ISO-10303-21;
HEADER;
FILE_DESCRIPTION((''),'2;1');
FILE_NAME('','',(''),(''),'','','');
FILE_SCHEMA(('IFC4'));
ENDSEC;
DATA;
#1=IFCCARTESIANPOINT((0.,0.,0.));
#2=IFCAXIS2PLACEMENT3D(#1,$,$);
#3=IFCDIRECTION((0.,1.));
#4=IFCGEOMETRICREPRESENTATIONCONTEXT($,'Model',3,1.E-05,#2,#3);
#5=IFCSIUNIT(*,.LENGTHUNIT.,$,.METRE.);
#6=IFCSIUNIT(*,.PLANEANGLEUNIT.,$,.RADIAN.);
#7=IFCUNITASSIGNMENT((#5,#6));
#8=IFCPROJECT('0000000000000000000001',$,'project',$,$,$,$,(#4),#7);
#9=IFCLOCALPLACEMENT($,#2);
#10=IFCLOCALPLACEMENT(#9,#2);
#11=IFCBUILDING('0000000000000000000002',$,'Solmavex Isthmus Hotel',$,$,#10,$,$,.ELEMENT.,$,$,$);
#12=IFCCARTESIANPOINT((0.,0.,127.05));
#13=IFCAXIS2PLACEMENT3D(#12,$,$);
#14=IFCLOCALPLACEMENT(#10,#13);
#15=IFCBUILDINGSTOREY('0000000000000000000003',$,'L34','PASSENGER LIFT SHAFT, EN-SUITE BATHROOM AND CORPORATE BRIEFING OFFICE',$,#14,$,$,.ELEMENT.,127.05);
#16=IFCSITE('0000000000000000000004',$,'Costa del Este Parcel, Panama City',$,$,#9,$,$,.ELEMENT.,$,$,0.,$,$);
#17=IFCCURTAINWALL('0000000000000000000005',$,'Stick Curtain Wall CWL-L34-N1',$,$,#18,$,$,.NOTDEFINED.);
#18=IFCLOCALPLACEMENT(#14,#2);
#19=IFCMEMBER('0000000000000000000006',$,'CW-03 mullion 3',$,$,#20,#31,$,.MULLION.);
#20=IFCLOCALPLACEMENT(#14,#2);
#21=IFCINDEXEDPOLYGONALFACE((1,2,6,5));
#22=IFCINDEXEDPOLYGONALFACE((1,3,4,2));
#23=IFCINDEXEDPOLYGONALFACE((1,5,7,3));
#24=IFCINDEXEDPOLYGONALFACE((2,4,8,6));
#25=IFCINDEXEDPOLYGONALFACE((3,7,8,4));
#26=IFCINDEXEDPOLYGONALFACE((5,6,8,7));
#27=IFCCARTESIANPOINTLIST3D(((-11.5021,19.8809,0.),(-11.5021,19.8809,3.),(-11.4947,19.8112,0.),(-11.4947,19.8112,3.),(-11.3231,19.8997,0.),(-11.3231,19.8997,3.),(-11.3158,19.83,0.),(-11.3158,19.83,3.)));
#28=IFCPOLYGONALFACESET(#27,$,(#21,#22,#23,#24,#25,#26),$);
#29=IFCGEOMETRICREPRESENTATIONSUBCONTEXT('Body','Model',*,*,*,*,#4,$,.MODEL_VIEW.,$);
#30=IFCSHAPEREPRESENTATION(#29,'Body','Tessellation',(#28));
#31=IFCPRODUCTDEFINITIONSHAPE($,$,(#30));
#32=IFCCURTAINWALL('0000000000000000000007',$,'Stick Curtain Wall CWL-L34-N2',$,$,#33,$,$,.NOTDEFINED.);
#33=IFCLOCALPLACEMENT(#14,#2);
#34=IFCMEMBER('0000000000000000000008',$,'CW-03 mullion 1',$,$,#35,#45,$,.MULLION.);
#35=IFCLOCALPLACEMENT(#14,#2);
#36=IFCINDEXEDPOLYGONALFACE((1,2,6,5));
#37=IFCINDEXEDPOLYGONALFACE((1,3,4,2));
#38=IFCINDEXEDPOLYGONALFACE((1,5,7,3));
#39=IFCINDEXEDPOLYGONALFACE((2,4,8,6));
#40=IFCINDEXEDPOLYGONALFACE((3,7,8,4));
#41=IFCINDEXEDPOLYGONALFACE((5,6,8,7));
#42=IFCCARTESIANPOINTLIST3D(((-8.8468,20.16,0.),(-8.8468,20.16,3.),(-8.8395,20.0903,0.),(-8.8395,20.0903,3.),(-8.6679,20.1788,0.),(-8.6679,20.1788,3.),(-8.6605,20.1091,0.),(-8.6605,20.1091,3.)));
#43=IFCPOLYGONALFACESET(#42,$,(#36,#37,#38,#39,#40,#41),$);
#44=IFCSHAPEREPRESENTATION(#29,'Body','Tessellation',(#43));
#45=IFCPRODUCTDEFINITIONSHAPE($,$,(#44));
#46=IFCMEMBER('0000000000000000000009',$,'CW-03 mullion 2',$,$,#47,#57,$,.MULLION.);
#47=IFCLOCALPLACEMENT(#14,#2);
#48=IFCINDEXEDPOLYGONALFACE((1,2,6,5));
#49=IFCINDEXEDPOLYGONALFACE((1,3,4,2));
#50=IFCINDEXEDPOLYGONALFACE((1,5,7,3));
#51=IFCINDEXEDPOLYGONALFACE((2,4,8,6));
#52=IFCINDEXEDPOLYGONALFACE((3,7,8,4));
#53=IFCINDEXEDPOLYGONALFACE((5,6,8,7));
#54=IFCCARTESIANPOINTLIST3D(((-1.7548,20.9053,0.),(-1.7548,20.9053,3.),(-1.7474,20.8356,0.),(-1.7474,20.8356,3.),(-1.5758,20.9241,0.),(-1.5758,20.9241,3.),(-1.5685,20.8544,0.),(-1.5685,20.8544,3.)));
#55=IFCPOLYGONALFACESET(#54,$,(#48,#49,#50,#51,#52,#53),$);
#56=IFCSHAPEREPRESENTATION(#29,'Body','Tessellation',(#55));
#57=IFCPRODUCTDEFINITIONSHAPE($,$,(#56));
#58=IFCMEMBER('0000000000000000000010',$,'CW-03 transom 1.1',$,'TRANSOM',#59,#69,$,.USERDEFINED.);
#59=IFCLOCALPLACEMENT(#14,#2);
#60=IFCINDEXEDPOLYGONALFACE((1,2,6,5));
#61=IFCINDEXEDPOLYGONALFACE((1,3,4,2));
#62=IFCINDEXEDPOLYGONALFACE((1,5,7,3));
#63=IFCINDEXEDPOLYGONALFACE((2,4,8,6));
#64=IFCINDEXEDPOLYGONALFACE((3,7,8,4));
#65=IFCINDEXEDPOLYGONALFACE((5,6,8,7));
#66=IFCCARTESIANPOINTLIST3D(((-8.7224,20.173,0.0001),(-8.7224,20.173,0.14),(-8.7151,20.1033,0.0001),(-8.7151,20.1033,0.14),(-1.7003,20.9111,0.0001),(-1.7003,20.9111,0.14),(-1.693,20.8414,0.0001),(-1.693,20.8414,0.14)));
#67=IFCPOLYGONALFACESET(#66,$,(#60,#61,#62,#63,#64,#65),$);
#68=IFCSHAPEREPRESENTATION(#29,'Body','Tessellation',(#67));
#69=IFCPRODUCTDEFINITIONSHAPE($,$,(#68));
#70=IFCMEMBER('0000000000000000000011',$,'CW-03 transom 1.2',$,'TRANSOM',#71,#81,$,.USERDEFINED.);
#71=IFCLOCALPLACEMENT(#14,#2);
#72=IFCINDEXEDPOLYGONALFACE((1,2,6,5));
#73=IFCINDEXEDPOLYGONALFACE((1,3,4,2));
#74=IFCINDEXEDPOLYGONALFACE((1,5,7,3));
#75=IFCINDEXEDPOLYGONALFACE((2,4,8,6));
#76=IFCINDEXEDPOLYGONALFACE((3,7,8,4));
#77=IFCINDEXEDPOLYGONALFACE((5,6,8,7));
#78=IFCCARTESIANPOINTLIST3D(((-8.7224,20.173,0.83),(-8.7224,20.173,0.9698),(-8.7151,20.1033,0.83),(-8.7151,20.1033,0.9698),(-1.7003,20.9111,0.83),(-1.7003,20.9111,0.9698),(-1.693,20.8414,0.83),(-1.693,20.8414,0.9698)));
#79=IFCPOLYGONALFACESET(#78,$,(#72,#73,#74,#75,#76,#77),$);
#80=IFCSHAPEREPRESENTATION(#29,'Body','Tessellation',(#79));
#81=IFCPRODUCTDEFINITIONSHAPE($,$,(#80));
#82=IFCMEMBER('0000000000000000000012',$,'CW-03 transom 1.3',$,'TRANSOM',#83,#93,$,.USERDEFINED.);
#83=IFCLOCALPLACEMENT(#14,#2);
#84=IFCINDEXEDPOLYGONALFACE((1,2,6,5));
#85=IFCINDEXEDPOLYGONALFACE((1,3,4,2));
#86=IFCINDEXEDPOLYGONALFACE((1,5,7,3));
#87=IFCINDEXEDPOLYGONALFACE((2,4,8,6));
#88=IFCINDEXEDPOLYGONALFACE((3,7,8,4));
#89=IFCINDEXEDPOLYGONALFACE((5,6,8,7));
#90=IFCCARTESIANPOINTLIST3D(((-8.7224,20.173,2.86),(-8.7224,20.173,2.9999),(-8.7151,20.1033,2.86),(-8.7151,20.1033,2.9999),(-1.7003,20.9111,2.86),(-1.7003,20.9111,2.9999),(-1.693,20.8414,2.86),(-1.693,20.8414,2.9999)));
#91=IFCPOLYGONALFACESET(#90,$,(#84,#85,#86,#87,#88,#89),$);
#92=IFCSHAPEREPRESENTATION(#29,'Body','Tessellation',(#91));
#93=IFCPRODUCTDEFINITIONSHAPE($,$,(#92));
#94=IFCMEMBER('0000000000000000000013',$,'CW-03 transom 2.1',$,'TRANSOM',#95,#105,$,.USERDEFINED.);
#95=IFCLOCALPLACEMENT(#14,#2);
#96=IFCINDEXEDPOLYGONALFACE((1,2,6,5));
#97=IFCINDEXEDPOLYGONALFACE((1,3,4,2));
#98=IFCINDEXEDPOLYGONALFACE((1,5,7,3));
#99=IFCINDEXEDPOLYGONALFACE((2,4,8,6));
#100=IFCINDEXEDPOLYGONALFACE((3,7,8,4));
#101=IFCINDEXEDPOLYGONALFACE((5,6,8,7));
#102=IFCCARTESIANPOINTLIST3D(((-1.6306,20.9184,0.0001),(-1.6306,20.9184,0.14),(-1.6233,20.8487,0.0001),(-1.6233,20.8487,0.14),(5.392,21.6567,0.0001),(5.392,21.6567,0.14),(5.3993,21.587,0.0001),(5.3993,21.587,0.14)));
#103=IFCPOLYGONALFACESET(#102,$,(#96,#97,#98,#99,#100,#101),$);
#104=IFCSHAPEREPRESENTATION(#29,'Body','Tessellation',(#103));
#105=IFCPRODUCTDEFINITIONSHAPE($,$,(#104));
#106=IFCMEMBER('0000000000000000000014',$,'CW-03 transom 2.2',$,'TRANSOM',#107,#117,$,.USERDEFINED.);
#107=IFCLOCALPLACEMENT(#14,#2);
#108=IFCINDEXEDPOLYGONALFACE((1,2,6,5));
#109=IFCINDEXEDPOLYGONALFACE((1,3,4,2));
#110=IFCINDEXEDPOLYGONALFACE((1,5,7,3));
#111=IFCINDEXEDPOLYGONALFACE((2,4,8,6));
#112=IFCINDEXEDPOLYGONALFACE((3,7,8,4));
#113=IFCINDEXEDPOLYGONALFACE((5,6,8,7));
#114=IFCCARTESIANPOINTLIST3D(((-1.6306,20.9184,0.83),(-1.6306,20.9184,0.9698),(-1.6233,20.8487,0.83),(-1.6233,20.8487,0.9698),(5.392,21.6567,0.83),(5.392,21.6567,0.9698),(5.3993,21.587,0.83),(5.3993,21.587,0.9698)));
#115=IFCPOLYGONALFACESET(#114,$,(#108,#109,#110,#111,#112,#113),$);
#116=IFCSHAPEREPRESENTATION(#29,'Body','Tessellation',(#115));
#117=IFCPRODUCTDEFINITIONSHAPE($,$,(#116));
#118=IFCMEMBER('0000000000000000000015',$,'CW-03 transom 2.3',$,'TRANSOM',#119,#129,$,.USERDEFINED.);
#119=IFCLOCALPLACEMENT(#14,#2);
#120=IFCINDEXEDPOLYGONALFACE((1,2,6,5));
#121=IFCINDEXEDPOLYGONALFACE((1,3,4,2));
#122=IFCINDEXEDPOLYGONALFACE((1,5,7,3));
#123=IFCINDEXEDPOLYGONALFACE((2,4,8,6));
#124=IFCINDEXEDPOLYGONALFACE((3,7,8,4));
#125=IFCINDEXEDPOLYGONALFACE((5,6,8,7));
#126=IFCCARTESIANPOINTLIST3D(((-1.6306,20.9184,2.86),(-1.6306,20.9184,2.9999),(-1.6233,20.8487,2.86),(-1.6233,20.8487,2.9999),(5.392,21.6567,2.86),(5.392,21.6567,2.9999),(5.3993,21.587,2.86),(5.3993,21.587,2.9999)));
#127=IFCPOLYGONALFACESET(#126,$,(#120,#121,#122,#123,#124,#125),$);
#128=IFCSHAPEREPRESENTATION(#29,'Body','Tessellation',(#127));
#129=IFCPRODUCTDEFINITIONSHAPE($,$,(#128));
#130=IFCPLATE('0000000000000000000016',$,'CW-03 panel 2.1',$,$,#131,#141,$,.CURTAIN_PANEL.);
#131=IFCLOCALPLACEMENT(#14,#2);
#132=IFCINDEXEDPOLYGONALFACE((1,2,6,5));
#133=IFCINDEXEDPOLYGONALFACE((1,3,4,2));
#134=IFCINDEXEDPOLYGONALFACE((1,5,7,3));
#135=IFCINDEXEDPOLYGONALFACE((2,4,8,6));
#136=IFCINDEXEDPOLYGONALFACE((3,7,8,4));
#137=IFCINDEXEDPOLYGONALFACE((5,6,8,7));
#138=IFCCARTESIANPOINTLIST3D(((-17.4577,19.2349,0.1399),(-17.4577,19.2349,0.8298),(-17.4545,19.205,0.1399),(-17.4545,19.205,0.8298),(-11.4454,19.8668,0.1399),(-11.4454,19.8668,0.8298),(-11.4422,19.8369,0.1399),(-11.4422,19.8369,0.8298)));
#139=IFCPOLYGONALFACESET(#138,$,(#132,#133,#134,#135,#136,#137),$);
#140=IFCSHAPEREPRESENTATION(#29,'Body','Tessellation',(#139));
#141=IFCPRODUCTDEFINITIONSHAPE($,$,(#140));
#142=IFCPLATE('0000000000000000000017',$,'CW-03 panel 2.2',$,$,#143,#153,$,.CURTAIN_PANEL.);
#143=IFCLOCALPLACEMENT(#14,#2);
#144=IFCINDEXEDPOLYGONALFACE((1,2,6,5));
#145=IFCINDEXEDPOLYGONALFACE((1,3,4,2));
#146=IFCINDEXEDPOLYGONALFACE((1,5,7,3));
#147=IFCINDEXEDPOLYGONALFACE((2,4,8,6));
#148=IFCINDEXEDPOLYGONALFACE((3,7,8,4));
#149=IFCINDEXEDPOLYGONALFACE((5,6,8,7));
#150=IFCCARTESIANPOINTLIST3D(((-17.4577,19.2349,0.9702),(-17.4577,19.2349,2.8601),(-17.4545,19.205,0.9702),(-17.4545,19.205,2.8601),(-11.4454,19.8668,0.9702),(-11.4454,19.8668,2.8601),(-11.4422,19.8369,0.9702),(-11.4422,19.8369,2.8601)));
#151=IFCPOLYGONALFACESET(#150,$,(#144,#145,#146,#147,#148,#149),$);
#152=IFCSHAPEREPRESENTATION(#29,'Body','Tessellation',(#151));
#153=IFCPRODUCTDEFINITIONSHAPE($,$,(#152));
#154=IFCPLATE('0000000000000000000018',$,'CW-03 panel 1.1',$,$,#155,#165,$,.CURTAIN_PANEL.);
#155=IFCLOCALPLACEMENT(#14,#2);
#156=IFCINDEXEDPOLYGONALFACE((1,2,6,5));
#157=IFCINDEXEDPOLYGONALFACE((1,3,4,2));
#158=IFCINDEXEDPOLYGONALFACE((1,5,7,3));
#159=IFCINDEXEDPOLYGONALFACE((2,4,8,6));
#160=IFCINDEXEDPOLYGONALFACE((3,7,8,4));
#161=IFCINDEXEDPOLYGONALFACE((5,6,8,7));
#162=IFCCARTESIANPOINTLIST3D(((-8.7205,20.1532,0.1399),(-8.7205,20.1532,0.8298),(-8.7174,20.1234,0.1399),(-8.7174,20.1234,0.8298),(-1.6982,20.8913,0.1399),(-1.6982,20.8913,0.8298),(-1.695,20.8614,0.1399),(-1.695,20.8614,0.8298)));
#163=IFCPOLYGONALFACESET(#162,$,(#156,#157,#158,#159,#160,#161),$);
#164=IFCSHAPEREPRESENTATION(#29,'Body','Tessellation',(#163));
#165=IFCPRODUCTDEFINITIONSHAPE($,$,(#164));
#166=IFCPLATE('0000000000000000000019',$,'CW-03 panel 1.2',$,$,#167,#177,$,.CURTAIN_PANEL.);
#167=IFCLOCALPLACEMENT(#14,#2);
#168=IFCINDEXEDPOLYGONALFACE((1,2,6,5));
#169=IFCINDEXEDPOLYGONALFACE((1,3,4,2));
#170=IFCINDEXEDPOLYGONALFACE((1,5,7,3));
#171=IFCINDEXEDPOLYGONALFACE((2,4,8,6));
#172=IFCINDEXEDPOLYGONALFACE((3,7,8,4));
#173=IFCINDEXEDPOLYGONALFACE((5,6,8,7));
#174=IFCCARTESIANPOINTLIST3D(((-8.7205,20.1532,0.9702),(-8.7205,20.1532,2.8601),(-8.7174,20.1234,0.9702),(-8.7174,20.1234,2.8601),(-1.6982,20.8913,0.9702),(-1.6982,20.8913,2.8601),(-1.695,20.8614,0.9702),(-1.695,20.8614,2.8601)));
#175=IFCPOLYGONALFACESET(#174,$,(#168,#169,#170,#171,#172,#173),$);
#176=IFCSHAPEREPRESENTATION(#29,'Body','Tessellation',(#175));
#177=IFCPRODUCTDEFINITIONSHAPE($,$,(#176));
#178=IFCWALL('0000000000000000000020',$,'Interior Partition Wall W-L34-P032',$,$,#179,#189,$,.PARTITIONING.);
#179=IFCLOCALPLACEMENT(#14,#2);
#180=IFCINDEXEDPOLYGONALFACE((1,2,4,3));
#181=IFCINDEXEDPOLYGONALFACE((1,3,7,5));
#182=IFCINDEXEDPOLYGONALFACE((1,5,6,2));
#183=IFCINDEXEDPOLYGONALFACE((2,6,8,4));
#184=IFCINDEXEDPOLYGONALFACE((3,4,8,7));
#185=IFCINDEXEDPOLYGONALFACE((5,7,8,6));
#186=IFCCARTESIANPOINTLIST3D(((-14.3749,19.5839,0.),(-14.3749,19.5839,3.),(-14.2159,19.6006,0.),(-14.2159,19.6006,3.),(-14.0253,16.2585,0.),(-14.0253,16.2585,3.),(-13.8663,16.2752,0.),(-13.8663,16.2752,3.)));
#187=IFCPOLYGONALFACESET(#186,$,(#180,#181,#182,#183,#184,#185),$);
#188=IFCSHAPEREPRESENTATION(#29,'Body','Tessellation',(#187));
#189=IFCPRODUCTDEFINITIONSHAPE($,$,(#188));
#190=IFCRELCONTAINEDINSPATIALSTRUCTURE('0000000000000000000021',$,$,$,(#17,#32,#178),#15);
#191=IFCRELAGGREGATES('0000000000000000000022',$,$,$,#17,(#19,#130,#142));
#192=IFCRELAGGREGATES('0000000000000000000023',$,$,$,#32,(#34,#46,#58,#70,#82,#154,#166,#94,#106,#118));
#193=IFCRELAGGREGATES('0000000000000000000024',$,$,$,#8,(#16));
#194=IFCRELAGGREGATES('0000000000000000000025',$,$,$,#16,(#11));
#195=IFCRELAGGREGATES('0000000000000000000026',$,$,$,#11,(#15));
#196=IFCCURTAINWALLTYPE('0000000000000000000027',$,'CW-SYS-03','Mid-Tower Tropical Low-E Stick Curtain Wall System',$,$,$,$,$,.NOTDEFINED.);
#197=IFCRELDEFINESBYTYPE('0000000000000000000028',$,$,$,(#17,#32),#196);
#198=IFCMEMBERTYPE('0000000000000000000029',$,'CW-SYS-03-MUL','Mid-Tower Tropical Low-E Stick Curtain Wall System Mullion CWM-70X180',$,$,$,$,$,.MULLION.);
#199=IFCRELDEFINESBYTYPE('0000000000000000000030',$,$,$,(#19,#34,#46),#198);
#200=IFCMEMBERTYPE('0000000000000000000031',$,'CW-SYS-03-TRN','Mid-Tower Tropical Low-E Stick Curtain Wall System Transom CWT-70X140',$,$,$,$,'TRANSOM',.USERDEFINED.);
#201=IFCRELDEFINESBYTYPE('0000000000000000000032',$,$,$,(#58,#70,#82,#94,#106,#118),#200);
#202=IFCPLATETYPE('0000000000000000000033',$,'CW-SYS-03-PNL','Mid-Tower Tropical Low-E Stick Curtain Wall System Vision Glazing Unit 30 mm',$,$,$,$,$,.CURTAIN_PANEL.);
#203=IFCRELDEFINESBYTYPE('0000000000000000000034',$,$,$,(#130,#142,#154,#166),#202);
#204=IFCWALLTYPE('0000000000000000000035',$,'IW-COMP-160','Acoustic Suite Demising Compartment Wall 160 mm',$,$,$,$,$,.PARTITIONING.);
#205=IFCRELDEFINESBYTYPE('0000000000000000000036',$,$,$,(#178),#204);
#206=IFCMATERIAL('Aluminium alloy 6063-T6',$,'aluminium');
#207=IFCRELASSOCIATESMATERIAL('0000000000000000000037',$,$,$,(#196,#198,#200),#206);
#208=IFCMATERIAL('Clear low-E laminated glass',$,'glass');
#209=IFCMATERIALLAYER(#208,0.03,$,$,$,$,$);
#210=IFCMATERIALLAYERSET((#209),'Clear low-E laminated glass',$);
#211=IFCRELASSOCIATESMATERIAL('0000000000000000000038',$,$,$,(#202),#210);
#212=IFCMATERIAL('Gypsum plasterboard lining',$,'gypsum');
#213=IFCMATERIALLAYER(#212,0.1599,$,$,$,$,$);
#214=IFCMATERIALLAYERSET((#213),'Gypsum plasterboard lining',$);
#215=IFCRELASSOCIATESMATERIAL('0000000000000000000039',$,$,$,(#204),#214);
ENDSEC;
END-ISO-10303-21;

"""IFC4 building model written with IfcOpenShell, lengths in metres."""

from ifc_helpers import new_model, si_unit, direction, frame, frame_2d, origin, origin_2d, place, context, subcontext, project, spatial, rectangle, extrude, material, layer, layer_set, material_profile, profile_set, type_object, element, aggregate, save


model = new_model("IFC4")

# Units and contexts
model_context = context("Model", 3, precision=1e-05, world=origin(), true_north=direction((0.0, 1.0)))
body_context = subcontext(model_context, "Body", "Model", "MODEL_VIEW")
ifc_project = project(units=[si_unit("LENGTHUNIT", "METRE"), si_unit("PLANEANGLEUNIT", "RADIAN")], contexts=[model_context])

# Site, building, storey
site_placement = place(None, origin())
site = spatial("IfcSite", under=ifc_project, at=site_placement, Name="Costa del Este Parcel, Panama City", CompositionType="ELEMENT", RefElevation=0.0)
building_placement = place(site_placement, origin())
building = spatial("IfcBuilding", under=site, at=building_placement, Name="Solmavex Isthmus Hotel", CompositionType="ELEMENT")
storey_placement = place(building_placement, frame((0.0, 0.0, 127.05)))
storey = spatial("IfcBuildingStorey", under=building, at=storey_placement, Name="L34", Description="PASSENGER LIFT SHAFT, EN-SUITE BATHROOM AND CORPORATE BRIEFING OFFICE", CompositionType="ELEMENT", Elevation=127.05)

# Curtain wall, member
ifc_material_1 = material(Name="Aluminium alloy 6063-T6", Category="aluminium")
curtain_wall_type = type_object("IfcCurtainWallType", Name="CW-SYS-03", Description="Mid-Tower Tropical Low-E Stick Curtain Wall System", PredefinedType="NOTDEFINED", material=ifc_material_1)
curtain_wall_1_placement = place(storey_placement, origin())
curtain_wall_1 = element("IfcCurtainWall", 1, at=curtain_wall_1_placement, inside=storey, type_object=curtain_wall_type, Name="Stick Curtain Wall CWL-L34-N1", PredefinedType="NOTDEFINED")
ifc_material_profile_1 = material_profile(ifc_material_1, rectangle(XDim=0.0701, YDim=0.1799, at=origin_2d()), Name="CWM-70X180")
ifc_profile_set_1 = profile_set([ifc_material_profile_1], Name="Aluminium alloy 6063-T6")
member_type_1 = type_object("IfcMemberType", Name="CW-SYS-03-MUL", Description="Mid-Tower Tropical Low-E Stick Curtain Wall System Mullion CWM-70X180", PredefinedType="MULLION", material=ifc_profile_set_1)
member_1_placement = place(storey_placement, frame((-11.4089, 19.8555, 0.0), z_axis=(0.0, 0.0, 1.0), x_axis=(-0.104528, 0.994522, 0.0)))
member_1 = element("IfcMember", 2, at=member_1_placement, type_object=member_type_1, Name="CW-03 mullion 3", PredefinedType="MULLION", context=body_context, shape_type="SweptSolid", body=[
    extrude(rectangle(XDim=0.0701, YDim=0.1799, at=origin_2d()), origin(), (0.0, 0.0, 1.0), 3.0),
])

# Curtain wall, members
curtain_wall_2_placement = place(storey_placement, origin())
curtain_wall_2 = element("IfcCurtainWall", 3, at=curtain_wall_2_placement, inside=storey, type_object=curtain_wall_type, Name="Stick Curtain Wall CWL-L34-N2", PredefinedType="NOTDEFINED")
member_2_placement = place(storey_placement, frame((-8.7537, 20.1345, 0.0), z_axis=(0.0, 0.0, 1.0), x_axis=(-0.104528, 0.994522, 0.0)))
member_2 = element("IfcMember", 4, at=member_2_placement, type_object=member_type_1, Name="CW-03 mullion 1", PredefinedType="MULLION", context=body_context, shape_type="SweptSolid", body=[
    extrude(rectangle(XDim=0.0701, YDim=0.1799, at=origin_2d()), origin(), (0.0, 0.0, 1.0), 3.0),
])
member_3_placement = place(storey_placement, frame((-1.6616, 20.8799, 0.0), z_axis=(0.0, 0.0, 1.0), x_axis=(-0.104528, 0.994522, 0.0)))
member_3 = element("IfcMember", 5, at=member_3_placement, type_object=member_type_1, Name="CW-03 mullion 2", PredefinedType="MULLION", context=body_context, shape_type="SweptSolid", body=[
    extrude(rectangle(XDim=0.0701, YDim=0.1799, at=origin_2d()), origin(), (0.0, 0.0, 1.0), 3.0),
])
ifc_material_profile_2 = material_profile(ifc_material_1, rectangle(XDim=0.0701, YDim=0.1399, at=origin_2d()), Name="CWT-70X140")
ifc_profile_set_2 = profile_set([ifc_material_profile_2], Name="Aluminium alloy 6063-T6")
member_type_2 = type_object("IfcMemberType", Name="CW-SYS-03-TRN", Description="Mid-Tower Tropical Low-E Stick Curtain Wall System Transom CWT-70X140", ElementType="TRANSOM", PredefinedType="USERDEFINED", material=ifc_profile_set_2)
member_4_placement = place(storey_placement, frame((-8.7188, 20.1382, 0.0701), z_axis=(0.994522, 0.104525, 0.0), x_axis=(-0.104525, 0.994522, 0.0)))
member_4 = element("IfcMember", 6, at=member_4_placement, type_object=member_type_2, Name="CW-03 transom 1.1", ObjectType="TRANSOM", PredefinedType="USERDEFINED", context=body_context, shape_type="SweptSolid", body=[
    extrude(rectangle(XDim=0.0701, YDim=0.1399, at=origin_2d()), origin(), (0.0, 0.0, 1.0), 7.0608),
])
member_5_placement = place(storey_placement, frame((-8.7188, 20.1382, 0.8999), z_axis=(0.994522, 0.104525, 0.0), x_axis=(-0.104525, 0.994522, 0.0)))
member_5 = element("IfcMember", 7, at=member_5_placement, type_object=member_type_2, Name="CW-03 transom 1.2", ObjectType="TRANSOM", PredefinedType="USERDEFINED", context=body_context, shape_type="SweptSolid", body=[
    extrude(rectangle(XDim=0.0701, YDim=0.1399, at=origin_2d()), origin(), (0.0, 0.0, 1.0), 7.0608),
])
member_6_placement = place(storey_placement, frame((-8.7188, 20.1382, 2.9299), z_axis=(0.994522, 0.104525, 0.0), x_axis=(-0.104525, 0.994522, 0.0)))
member_6 = element("IfcMember", 8, at=member_6_placement, type_object=member_type_2, Name="CW-03 transom 1.3", ObjectType="TRANSOM", PredefinedType="USERDEFINED", context=body_context, shape_type="SweptSolid", body=[
    extrude(rectangle(XDim=0.0701, YDim=0.1399, at=origin_2d()), origin(), (0.0, 0.0, 1.0), 7.0608),
])
member_7_placement = place(storey_placement, frame((-1.627, 20.8835, 0.0701), z_axis=(0.994519, 0.104555, 0.0), x_axis=(-0.104555, 0.994519, 0.0)))
member_7 = element("IfcMember", 9, at=member_7_placement, type_object=member_type_2, Name="CW-03 transom 2.1", ObjectType="TRANSOM", PredefinedType="USERDEFINED", context=body_context, shape_type="SweptSolid", body=[
    extrude(rectangle(XDim=0.0701, YDim=0.1399, at=origin_2d()), origin(), (0.0, 0.0, 1.0), 7.0613),
])
member_8_placement = place(storey_placement, frame((-1.627, 20.8835, 0.8999), z_axis=(0.994519, 0.104555, 0.0), x_axis=(-0.104555, 0.994519, 0.0)))
member_8 = element("IfcMember", 10, at=member_8_placement, type_object=member_type_2, Name="CW-03 transom 2.2", ObjectType="TRANSOM", PredefinedType="USERDEFINED", context=body_context, shape_type="SweptSolid", body=[
    extrude(rectangle(XDim=0.0701, YDim=0.1399, at=origin_2d()), origin(), (0.0, 0.0, 1.0), 7.0613),
])
member_9_placement = place(storey_placement, frame((-1.627, 20.8835, 2.9299), z_axis=(0.994519, 0.104555, 0.0), x_axis=(-0.104555, 0.994519, 0.0)))
member_9 = element("IfcMember", 11, at=member_9_placement, type_object=member_type_2, Name="CW-03 transom 2.3", ObjectType="TRANSOM", PredefinedType="USERDEFINED", context=body_context, shape_type="SweptSolid", body=[
    extrude(rectangle(XDim=0.0701, YDim=0.1399, at=origin_2d()), origin(), (0.0, 0.0, 1.0), 7.0613),
])

# Plates
ifc_material_2 = material(Name="Clear low-E laminated glass", Category="glass")
ifc_layer_1 = layer(ifc_material_2, 0.03)
ifc_layer_set_1 = layer_set([ifc_layer_1], Name="Clear low-E laminated glass")
plate_type = type_object("IfcPlateType", Name="CW-SYS-03-PNL", Description="Mid-Tower Tropical Low-E Stick Curtain Wall System Vision Glazing Unit 30 mm", PredefinedType="CURTAIN_PANEL", material=ifc_layer_set_1)
plate_1_placement = place(storey_placement, frame((-14.45, 19.5359, 0.1399), z_axis=(0.0, 0.0, 1.0), x_axis=(0.994522, 0.104528, 0.0)))
plate_1 = element("IfcPlate", 12, at=plate_1_placement, type_object=plate_type, Name="CW-03 panel 2.1", PredefinedType="CURTAIN_PANEL", context=body_context, shape_type="SweptSolid", body=[
    extrude(rectangle(XDim=6.0454, YDim=0.03, at=origin_2d()), origin(), (0.0, 0.0, 1.0), 0.6899),
])
plate_2_placement = place(storey_placement, frame((-14.45, 19.5359, 0.9702), z_axis=(0.0, 0.0, 1.0), x_axis=(0.994522, 0.104528, 0.0)))
plate_2 = element("IfcPlate", 13, at=plate_2_placement, type_object=plate_type, Name="CW-03 panel 2.2", PredefinedType="CURTAIN_PANEL", context=body_context, shape_type="SweptSolid", body=[
    extrude(rectangle(XDim=6.0454, YDim=0.03, at=origin_2d()), origin(), (0.0, 0.0, 1.0), 1.8899),
])
aggregate(curtain_wall_1, [member_1, plate_1, plate_2])
plate_3_placement = place(storey_placement, frame((-5.2078, 20.5073, 0.1399), z_axis=(0.0, 0.0, 1.0), x_axis=(0.994522, 0.104528, 0.0)))
plate_3 = element("IfcPlate", 14, at=plate_3_placement, type_object=plate_type, Name="CW-03 panel 1.1", PredefinedType="CURTAIN_PANEL", context=body_context, shape_type="SweptSolid", body=[
    extrude(rectangle(XDim=7.061, YDim=0.03, at=origin_2d()), origin(), (0.0, 0.0, 1.0), 0.6899),
])
plate_4_placement = place(storey_placement, frame((-5.2078, 20.5073, 0.9702), z_axis=(0.0, 0.0, 1.0), x_axis=(0.994522, 0.104528, 0.0)))
plate_4 = element("IfcPlate", 15, at=plate_4_placement, type_object=plate_type, Name="CW-03 panel 1.2", PredefinedType="CURTAIN_PANEL", context=body_context, shape_type="SweptSolid", body=[
    extrude(rectangle(XDim=7.061, YDim=0.03, at=origin_2d()), origin(), (0.0, 0.0, 1.0), 1.8899),
])
aggregate(curtain_wall_2, [member_2, member_3, member_4, member_5, member_6, plate_3, plate_4, member_7, member_8, member_9])

# Wall
ifc_material_3 = material(Name="Gypsum plasterboard lining", Category="gypsum")
ifc_layer_2 = layer(ifc_material_3, 0.1599)
ifc_layer_set_2 = layer_set([ifc_layer_2], Name="Gypsum plasterboard lining")
wall_type_1 = type_object("IfcWallType", Name="IW-COMP-160", Description="Acoustic Suite Demising Compartment Wall 160 mm", PredefinedType="PARTITIONING", material=ifc_layer_set_2)
wall_1_placement = place(storey_placement, frame((-14.2954, 19.5923, 0.0), z_axis=(0.0, 0.0, 1.0), x_axis=(0.104556, -0.994519, 0.0)))
element("IfcWall", 16, at=wall_1_placement, inside=storey, type_object=wall_type_1, Name="Interior Partition Wall W-L34-P032", PredefinedType="PARTITIONING", context=body_context, shape_type="SweptSolid", body=[
    extrude(rectangle(XDim=3.3438, YDim=0.1599, at=frame_2d((1.6719, 0.0))), origin(), (0.0, 0.0, 1.0), 3.0),
])

save(model, "model.ifc")
